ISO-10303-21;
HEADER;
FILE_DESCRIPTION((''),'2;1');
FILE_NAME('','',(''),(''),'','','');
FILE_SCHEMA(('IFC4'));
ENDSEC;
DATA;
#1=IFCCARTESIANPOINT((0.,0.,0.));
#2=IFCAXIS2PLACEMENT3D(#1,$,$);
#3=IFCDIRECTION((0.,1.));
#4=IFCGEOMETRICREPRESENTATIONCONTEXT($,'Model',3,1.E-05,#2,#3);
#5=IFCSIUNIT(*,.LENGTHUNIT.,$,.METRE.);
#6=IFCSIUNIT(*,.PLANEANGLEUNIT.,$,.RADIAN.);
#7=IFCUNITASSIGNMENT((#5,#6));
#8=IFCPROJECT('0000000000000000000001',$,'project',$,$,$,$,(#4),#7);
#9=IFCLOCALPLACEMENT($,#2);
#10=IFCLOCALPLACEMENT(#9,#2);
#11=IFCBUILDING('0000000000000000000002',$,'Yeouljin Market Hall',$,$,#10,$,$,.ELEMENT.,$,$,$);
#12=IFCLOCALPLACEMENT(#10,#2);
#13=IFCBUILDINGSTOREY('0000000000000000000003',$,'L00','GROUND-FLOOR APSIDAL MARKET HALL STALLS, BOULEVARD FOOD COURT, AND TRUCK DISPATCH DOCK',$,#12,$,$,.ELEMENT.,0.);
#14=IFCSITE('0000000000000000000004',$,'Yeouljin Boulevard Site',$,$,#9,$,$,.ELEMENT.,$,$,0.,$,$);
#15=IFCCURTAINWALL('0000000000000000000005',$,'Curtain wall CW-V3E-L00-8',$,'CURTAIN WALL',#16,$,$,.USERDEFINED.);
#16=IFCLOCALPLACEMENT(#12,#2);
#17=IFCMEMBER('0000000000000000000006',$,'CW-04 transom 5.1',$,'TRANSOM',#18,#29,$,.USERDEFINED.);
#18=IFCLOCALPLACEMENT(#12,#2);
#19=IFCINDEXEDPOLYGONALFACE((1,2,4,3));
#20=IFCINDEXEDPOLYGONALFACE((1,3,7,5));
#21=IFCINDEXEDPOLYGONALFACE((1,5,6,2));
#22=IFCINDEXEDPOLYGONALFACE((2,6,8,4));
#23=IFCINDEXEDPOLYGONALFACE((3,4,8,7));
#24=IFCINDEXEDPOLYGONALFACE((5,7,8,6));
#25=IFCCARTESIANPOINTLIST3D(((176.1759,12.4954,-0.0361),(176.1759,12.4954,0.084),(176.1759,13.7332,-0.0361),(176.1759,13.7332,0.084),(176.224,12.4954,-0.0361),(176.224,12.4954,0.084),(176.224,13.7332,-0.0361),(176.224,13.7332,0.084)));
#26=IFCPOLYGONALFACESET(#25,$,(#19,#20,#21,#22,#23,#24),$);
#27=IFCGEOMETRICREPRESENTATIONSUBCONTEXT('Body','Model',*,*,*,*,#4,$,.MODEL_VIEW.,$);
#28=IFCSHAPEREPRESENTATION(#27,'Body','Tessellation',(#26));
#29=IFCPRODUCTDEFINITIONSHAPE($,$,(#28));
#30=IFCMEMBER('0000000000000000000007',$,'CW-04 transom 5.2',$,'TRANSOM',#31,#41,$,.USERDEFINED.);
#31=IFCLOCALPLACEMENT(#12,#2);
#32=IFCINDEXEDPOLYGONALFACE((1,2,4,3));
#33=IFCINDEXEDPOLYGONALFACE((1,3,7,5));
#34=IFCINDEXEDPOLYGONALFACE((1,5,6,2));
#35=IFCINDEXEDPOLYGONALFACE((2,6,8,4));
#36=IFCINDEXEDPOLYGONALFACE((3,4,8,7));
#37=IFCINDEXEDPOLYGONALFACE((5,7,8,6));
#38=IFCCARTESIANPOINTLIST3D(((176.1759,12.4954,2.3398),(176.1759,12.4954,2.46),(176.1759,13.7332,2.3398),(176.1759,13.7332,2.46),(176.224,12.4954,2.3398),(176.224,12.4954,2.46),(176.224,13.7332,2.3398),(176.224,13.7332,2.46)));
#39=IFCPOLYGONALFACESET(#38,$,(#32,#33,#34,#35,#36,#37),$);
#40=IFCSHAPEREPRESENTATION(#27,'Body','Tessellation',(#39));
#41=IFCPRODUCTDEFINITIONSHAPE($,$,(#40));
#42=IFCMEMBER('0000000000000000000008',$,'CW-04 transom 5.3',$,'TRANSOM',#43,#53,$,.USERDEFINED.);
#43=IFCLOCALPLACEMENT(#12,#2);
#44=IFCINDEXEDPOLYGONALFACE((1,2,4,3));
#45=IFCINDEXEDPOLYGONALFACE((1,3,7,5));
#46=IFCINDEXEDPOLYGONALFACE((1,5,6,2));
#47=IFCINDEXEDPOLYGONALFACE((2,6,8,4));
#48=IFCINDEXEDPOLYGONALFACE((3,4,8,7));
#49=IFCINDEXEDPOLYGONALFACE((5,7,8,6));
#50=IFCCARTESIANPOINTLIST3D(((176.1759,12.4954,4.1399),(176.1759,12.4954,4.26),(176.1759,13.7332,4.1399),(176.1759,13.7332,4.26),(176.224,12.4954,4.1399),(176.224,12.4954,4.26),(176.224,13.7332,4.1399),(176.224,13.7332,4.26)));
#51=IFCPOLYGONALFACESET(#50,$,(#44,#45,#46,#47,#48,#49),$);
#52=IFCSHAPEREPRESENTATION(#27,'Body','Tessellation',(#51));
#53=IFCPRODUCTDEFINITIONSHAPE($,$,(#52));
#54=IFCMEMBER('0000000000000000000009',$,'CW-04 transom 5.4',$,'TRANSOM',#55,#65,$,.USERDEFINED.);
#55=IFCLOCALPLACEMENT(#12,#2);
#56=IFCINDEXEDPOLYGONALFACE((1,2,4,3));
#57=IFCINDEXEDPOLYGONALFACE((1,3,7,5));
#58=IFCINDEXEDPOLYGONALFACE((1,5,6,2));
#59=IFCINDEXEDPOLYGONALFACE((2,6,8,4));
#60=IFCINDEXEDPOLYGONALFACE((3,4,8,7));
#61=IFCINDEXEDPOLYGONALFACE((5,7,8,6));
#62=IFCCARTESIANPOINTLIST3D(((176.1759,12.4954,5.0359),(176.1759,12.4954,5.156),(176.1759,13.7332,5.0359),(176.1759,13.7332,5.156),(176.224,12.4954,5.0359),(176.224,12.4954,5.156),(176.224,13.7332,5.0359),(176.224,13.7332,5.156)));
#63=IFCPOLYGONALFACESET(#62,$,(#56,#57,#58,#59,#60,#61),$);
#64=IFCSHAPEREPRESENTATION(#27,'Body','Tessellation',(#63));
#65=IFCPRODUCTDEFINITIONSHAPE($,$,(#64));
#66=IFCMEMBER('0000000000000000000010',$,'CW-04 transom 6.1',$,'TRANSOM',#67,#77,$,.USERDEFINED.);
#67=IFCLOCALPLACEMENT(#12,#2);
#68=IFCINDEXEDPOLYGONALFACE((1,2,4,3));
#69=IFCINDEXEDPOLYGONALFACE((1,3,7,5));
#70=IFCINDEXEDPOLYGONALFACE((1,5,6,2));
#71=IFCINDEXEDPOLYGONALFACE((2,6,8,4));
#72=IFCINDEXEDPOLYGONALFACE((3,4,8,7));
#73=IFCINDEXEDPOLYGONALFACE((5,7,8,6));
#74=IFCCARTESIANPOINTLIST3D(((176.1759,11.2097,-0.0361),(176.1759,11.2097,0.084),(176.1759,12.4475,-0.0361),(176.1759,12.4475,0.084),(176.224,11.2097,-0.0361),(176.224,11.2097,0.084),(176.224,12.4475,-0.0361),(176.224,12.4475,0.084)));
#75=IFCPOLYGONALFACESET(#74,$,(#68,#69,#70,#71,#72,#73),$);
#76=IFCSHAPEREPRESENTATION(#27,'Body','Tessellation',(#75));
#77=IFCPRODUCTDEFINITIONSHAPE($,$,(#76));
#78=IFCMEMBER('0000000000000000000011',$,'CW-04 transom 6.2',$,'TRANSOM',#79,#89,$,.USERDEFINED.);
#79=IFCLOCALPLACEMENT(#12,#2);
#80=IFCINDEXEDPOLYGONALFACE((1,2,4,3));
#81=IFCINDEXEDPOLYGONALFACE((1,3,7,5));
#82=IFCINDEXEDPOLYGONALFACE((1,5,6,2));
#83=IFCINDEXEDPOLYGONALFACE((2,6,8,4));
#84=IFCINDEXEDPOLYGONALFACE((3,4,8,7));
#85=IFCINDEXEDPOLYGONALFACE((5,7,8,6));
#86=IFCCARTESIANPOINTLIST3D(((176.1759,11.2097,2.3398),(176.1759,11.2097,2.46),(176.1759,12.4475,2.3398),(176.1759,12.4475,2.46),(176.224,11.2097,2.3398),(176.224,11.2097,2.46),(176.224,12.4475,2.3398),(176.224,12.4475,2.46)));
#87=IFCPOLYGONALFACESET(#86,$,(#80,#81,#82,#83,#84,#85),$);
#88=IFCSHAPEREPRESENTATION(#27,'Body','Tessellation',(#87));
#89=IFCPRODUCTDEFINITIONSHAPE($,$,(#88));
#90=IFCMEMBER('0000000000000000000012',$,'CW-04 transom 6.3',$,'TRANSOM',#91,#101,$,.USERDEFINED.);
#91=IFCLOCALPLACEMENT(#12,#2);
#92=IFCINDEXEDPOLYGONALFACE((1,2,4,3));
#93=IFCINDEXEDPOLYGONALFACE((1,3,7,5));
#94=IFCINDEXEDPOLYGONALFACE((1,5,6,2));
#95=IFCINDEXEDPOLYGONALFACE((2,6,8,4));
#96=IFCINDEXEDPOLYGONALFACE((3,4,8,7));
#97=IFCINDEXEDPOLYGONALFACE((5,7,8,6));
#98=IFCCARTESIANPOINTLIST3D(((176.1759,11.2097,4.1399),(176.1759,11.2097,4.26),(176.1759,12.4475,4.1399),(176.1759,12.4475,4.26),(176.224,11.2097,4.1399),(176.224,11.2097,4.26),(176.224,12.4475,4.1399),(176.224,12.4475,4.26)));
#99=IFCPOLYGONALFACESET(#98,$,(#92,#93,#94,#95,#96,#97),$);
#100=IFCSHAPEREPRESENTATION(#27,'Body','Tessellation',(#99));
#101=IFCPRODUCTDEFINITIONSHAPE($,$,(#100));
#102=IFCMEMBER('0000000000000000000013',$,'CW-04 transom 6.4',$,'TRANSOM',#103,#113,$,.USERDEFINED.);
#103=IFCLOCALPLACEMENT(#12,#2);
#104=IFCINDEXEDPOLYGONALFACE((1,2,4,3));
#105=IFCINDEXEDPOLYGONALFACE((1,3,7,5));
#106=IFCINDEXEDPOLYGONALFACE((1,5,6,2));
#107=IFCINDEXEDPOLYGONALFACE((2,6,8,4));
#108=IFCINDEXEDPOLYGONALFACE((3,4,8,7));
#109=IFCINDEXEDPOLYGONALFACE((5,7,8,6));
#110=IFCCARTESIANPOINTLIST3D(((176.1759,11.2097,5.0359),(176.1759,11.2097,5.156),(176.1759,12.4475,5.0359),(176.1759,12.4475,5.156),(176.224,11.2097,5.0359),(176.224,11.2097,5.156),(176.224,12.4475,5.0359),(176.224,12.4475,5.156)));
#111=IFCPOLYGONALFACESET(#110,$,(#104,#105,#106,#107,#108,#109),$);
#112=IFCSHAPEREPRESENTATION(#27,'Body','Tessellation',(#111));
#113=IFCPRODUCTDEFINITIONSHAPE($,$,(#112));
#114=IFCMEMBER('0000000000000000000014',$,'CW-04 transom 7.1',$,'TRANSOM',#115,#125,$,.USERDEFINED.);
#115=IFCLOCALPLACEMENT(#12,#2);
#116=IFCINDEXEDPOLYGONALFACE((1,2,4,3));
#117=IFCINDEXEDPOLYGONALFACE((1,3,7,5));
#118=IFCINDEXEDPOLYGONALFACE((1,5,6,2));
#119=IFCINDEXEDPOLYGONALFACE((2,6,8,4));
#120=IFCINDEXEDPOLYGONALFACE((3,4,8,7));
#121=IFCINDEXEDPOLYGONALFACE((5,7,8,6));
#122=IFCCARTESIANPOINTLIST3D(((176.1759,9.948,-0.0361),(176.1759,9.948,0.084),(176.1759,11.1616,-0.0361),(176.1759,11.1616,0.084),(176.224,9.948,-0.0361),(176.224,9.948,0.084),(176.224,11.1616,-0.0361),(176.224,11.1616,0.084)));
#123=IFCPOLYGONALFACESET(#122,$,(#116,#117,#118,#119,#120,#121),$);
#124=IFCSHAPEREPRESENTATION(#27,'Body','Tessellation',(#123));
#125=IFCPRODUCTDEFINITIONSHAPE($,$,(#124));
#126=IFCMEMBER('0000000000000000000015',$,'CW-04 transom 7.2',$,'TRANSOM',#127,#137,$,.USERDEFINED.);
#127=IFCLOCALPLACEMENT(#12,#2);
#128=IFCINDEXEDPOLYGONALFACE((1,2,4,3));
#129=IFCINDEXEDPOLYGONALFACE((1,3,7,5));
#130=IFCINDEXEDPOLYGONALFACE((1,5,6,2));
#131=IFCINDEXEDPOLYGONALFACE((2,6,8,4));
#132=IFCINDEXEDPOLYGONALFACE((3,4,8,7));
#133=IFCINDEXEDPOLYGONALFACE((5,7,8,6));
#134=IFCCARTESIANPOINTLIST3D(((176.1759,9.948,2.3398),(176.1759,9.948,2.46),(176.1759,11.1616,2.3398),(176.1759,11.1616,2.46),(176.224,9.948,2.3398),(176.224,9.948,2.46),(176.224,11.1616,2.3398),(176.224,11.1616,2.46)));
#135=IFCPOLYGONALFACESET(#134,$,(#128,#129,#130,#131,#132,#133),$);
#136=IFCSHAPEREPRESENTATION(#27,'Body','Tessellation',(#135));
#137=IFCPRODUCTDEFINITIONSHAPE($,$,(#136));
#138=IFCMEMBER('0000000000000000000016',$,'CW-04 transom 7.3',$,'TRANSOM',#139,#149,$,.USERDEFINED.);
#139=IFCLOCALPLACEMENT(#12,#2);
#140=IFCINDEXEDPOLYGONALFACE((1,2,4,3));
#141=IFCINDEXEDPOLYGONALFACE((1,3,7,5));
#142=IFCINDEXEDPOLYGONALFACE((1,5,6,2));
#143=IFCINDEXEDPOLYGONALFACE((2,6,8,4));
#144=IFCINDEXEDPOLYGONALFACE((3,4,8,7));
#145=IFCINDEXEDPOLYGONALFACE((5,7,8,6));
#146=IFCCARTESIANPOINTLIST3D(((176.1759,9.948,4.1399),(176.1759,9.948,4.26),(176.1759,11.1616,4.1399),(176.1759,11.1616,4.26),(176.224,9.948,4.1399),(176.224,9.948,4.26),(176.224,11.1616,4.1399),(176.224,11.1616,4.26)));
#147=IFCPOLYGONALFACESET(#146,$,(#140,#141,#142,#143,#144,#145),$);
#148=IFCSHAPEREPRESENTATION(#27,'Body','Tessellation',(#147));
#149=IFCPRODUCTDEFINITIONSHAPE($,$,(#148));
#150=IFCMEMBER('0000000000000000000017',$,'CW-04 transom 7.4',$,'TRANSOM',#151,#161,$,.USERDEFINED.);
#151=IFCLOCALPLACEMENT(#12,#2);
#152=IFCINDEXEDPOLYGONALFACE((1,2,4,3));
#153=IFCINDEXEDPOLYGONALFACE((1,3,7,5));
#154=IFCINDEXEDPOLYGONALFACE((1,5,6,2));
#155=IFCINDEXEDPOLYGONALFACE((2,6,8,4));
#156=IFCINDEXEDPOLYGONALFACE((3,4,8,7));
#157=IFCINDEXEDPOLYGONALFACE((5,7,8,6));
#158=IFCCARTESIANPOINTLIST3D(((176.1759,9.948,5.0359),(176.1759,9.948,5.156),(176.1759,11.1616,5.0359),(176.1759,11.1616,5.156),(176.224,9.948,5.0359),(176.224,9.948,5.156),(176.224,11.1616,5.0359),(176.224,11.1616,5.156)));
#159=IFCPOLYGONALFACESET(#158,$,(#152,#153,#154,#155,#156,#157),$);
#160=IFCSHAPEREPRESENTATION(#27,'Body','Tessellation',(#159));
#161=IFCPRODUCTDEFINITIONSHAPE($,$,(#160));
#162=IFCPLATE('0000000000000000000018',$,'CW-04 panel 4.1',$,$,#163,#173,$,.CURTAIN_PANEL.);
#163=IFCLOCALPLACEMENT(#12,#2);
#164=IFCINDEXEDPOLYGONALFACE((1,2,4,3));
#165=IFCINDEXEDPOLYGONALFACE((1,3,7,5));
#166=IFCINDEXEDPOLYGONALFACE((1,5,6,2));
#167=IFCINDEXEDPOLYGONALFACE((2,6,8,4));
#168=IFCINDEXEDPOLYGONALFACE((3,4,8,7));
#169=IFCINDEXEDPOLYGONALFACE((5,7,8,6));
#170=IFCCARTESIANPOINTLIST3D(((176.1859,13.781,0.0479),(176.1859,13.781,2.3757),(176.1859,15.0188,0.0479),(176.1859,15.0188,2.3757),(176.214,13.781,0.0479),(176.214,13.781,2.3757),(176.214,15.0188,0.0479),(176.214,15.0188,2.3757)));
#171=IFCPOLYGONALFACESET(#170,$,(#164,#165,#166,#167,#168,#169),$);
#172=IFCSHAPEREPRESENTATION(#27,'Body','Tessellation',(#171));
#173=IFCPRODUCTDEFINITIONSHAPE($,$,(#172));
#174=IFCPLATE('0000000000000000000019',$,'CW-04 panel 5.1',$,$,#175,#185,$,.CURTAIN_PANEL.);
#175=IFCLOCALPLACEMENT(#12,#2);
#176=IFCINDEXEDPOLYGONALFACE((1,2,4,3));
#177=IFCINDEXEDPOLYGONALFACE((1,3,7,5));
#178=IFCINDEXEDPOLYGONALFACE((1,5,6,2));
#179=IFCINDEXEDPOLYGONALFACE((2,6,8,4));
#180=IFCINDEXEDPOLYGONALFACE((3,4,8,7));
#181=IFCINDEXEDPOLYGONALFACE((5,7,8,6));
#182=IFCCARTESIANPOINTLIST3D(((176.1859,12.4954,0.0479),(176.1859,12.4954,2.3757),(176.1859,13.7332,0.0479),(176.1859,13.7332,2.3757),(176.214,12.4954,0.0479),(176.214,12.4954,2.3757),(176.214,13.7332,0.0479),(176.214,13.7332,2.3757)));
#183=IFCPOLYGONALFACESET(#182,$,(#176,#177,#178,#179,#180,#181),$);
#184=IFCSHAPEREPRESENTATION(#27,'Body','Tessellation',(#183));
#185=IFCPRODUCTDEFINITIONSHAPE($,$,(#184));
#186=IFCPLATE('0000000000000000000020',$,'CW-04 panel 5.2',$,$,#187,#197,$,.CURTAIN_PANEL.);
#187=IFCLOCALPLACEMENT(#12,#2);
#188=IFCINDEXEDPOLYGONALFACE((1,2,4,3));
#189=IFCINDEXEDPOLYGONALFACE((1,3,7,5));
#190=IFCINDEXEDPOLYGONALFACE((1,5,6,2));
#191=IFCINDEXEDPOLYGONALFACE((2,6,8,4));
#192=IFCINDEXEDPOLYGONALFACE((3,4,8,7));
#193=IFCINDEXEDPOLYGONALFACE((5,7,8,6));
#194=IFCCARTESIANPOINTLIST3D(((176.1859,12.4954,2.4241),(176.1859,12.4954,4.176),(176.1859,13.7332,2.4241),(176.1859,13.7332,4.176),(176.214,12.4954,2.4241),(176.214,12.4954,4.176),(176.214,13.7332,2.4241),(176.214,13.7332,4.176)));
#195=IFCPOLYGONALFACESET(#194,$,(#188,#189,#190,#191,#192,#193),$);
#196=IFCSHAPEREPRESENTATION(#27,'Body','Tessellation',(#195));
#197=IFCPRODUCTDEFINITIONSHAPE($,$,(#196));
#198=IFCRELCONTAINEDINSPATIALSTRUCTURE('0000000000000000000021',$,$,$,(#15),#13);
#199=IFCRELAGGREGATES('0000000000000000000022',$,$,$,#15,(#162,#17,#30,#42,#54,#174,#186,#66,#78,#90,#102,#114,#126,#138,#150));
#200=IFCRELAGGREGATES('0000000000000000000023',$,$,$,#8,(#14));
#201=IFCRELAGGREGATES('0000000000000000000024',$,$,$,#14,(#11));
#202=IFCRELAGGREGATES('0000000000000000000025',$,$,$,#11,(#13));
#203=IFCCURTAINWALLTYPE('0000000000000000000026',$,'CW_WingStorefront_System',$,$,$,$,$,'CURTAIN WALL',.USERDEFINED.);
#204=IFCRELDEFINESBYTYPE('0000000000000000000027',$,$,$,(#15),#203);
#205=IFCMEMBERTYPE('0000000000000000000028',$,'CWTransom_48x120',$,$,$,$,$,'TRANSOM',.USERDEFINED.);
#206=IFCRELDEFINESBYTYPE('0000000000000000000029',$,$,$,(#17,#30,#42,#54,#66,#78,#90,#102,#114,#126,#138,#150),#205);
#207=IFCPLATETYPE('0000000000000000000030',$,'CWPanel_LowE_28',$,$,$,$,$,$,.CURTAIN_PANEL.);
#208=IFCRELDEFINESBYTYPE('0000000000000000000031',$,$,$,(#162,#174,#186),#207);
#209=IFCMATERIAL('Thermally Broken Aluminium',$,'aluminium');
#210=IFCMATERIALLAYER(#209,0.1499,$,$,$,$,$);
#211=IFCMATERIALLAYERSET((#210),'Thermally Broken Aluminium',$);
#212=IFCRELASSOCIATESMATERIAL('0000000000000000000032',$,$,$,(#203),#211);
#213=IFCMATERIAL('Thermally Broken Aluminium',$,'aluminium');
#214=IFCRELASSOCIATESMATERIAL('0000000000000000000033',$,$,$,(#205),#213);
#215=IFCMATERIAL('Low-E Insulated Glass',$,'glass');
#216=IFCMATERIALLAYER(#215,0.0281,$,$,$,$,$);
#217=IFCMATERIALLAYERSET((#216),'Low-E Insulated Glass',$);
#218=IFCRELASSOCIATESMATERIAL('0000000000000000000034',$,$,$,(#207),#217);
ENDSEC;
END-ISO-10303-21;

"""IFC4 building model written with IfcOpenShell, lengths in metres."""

from ifc_helpers import new_model, si_unit, direction, frame, origin, origin_2d, place, context, subcontext, project, spatial, rectangle, extrude, material, layer, layer_set, material_profile, profile_set, type_object, element, aggregate, save


model = new_model("IFC4")

# Units and contexts
model_context = context("Model", 3, precision=1e-05, world=origin(), true_north=direction((0.0, 1.0)))
body_context = subcontext(model_context, "Body", "Model", "MODEL_VIEW")
ifc_project = project(units=[si_unit("LENGTHUNIT", "METRE"), si_unit("PLANEANGLEUNIT", "RADIAN")], contexts=[model_context])

# Site, building, storey
site_placement = place(None, origin())
site = spatial("IfcSite", under=ifc_project, at=site_placement, Name="Yeouljin Boulevard Site", CompositionType="ELEMENT", RefElevation=0.0)
building_placement = place(site_placement, origin())
building = spatial("IfcBuilding", under=site, at=building_placement, Name="Yeouljin Market Hall", CompositionType="ELEMENT")
storey_placement = place(building_placement, origin())
storey = spatial("IfcBuildingStorey", under=building, at=storey_placement, Name="L00", Description="GROUND-FLOOR APSIDAL MARKET HALL STALLS, BOULEVARD FOOD COURT, AND TRUCK DISPATCH DOCK", CompositionType="ELEMENT", Elevation=0.0)

# Curtain wall, members, plates
ifc_material_1 = material(Name="Thermally Broken Aluminium", Category="aluminium")
ifc_layer_1 = layer(ifc_material_1, 0.1499)
ifc_layer_set_1 = layer_set([ifc_layer_1], Name="Thermally Broken Aluminium")
curtain_wall_type = type_object("IfcCurtainWallType", Name="CW_WingStorefront_System", ElementType="CURTAIN WALL", PredefinedType="USERDEFINED", material=ifc_layer_set_1)
curtain_wall_placement = place(storey_placement, origin())
curtain_wall = element("IfcCurtainWall", 1, at=curtain_wall_placement, inside=storey, type_object=curtain_wall_type, Name="Curtain wall CW-V3E-L00-8", ObjectType="CURTAIN WALL", PredefinedType="USERDEFINED")
ifc_material_2 = material(Name="Thermally Broken Aluminium", Category="aluminium")
ifc_material_profile_1 = material_profile(ifc_material_2, rectangle(XDim=0.0481, YDim=0.1201, at=origin_2d()), Name="CW-TRAN-48x120")
ifc_profile_set_1 = profile_set([ifc_material_profile_1], Name="Thermally Broken Aluminium")
member_type_1 = type_object("IfcMemberType", Name="CWTransom_48x120", ElementType="TRANSOM", PredefinedType="USERDEFINED", material=ifc_profile_set_1)
member_1_placement = place(storey_placement, frame((176.2, 13.7332, 0.0239), z_axis=(0.0, -1.0, 0.0), x_axis=(1.0, 0.0, 0.0)))
member_1 = element("IfcMember", 2, at=member_1_placement, type_object=member_type_1, Name="CW-04 transom 5.1", ObjectType="TRANSOM", PredefinedType="USERDEFINED", context=body_context, shape_type="SweptSolid", body=[
    extrude(rectangle(XDim=0.0481, YDim=0.1201, at=origin_2d()), origin(), (0.0, 0.0, 1.0), 1.2378),
])
member_2_placement = place(storey_placement, frame((176.2, 13.7332, 2.3999), z_axis=(0.0, -1.0, 0.0), x_axis=(1.0, 0.0, 0.0)))
member_2 = element("IfcMember", 3, at=member_2_placement, type_object=member_type_1, Name="CW-04 transom 5.2", ObjectType="TRANSOM", PredefinedType="USERDEFINED", context=body_context, shape_type="SweptSolid", body=[
    extrude(rectangle(XDim=0.0481, YDim=0.1201, at=origin_2d()), origin(), (0.0, 0.0, 1.0), 1.2378),
])
member_3_placement = place(storey_placement, frame((176.2, 13.7332, 4.2), z_axis=(0.0, -1.0, 0.0), x_axis=(1.0, 0.0, 0.0)))
member_3 = element("IfcMember", 4, at=member_3_placement, type_object=member_type_1, Name="CW-04 transom 5.3", ObjectType="TRANSOM", PredefinedType="USERDEFINED", context=body_context, shape_type="SweptSolid", body=[
    extrude(rectangle(XDim=0.0481, YDim=0.1201, at=origin_2d()), origin(), (0.0, 0.0, 1.0), 1.2378),
])
member_4_placement = place(storey_placement, frame((176.2, 13.7332, 5.0959), z_axis=(0.0, -1.0, 0.0), x_axis=(1.0, 0.0, 0.0)))
member_4 = element("IfcMember", 5, at=member_4_placement, type_object=member_type_1, Name="CW-04 transom 5.4", ObjectType="TRANSOM", PredefinedType="USERDEFINED", context=body_context, shape_type="SweptSolid", body=[
    extrude(rectangle(XDim=0.0481, YDim=0.1201, at=origin_2d()), origin(), (0.0, 0.0, 1.0), 1.2378),
])
member_5_placement = place(storey_placement, frame((176.2, 12.4475, 0.0239), z_axis=(0.0, -1.0, 0.0), x_axis=(1.0, 0.0, 0.0)))
member_5 = element("IfcMember", 6, at=member_5_placement, type_object=member_type_1, Name="CW-04 transom 6.1", ObjectType="TRANSOM", PredefinedType="USERDEFINED", context=body_context, shape_type="SweptSolid", body=[
    extrude(rectangle(XDim=0.0481, YDim=0.1201, at=origin_2d()), origin(), (0.0, 0.0, 1.0), 1.2378),
])
member_6_placement = place(storey_placement, frame((176.2, 12.4475, 2.3999), z_axis=(0.0, -1.0, 0.0), x_axis=(1.0, 0.0, 0.0)))
member_6 = element("IfcMember", 7, at=member_6_placement, type_object=member_type_1, Name="CW-04 transom 6.2", ObjectType="TRANSOM", PredefinedType="USERDEFINED", context=body_context, shape_type="SweptSolid", body=[
    extrude(rectangle(XDim=0.0481, YDim=0.1201, at=origin_2d()), origin(), (0.0, 0.0, 1.0), 1.2378),
])
member_7_placement = place(storey_placement, frame((176.2, 12.4475, 4.2), z_axis=(0.0, -1.0, 0.0), x_axis=(1.0, 0.0, 0.0)))
member_7 = element("IfcMember", 8, at=member_7_placement, type_object=member_type_1, Name="CW-04 transom 6.3", ObjectType="TRANSOM", PredefinedType="USERDEFINED", context=body_context, shape_type="SweptSolid", body=[
    extrude(rectangle(XDim=0.0481, YDim=0.1201, at=origin_2d()), origin(), (0.0, 0.0, 1.0), 1.2378),
])
member_8_placement = place(storey_placement, frame((176.2, 12.4475, 5.0959), z_axis=(0.0, -1.0, 0.0), x_axis=(1.0, 0.0, 0.0)))
member_8 = element("IfcMember", 9, at=member_8_placement, type_object=member_type_1, Name="CW-04 transom 6.4", ObjectType="TRANSOM", PredefinedType="USERDEFINED", context=body_context, shape_type="SweptSolid", body=[
    extrude(rectangle(XDim=0.0481, YDim=0.1201, at=origin_2d()), origin(), (0.0, 0.0, 1.0), 1.2378),
])
member_9_placement = place(storey_placement, frame((176.2, 11.1616, 0.0239), z_axis=(0.0, -1.0, 0.0), x_axis=(1.0, 0.0, 0.0)))
member_9 = element("IfcMember", 10, at=member_9_placement, type_object=member_type_1, Name="CW-04 transom 7.1", ObjectType="TRANSOM", PredefinedType="USERDEFINED", context=body_context, shape_type="SweptSolid", body=[
    extrude(rectangle(XDim=0.0481, YDim=0.1201, at=origin_2d()), origin(), (0.0, 0.0, 1.0), 1.2136),
])
member_10_placement = place(storey_placement, frame((176.2, 11.1616, 2.3999), z_axis=(0.0, -1.0, 0.0), x_axis=(1.0, 0.0, 0.0)))
member_10 = element("IfcMember", 11, at=member_10_placement, type_object=member_type_1, Name="CW-04 transom 7.2", ObjectType="TRANSOM", PredefinedType="USERDEFINED", context=body_context, shape_type="SweptSolid", body=[
    extrude(rectangle(XDim=0.0481, YDim=0.1201, at=origin_2d()), origin(), (0.0, 0.0, 1.0), 1.2136),
])
member_11_placement = place(storey_placement, frame((176.2, 11.1616, 4.2), z_axis=(0.0, -1.0, 0.0), x_axis=(1.0, 0.0, 0.0)))
member_11 = element("IfcMember", 12, at=member_11_placement, type_object=member_type_1, Name="CW-04 transom 7.3", ObjectType="TRANSOM", PredefinedType="USERDEFINED", context=body_context, shape_type="SweptSolid", body=[
    extrude(rectangle(XDim=0.0481, YDim=0.1201, at=origin_2d()), origin(), (0.0, 0.0, 1.0), 1.2136),
])
member_12_placement = place(storey_placement, frame((176.2, 11.1616, 5.0959), z_axis=(0.0, -1.0, 0.0), x_axis=(1.0, 0.0, 0.0)))
member_12 = element("IfcMember", 13, at=member_12_placement, type_object=member_type_1, Name="CW-04 transom 7.4", ObjectType="TRANSOM", PredefinedType="USERDEFINED", context=body_context, shape_type="SweptSolid", body=[
    extrude(rectangle(XDim=0.0481, YDim=0.1201, at=origin_2d()), origin(), (0.0, 0.0, 1.0), 1.2136),
])
ifc_material_3 = material(Name="Low-E Insulated Glass", Category="glass")
ifc_layer_2 = layer(ifc_material_3, 0.0281)
ifc_layer_set_2 = layer_set([ifc_layer_2], Name="Low-E Insulated Glass")
plate_type = type_object("IfcPlateType", Name="CWPanel_LowE_28", PredefinedType="CURTAIN_PANEL", material=ifc_layer_set_2)
plate_1_placement = place(storey_placement, frame((176.2, 14.3999, 0.0479), z_axis=(0.0, 0.0, 1.0), x_axis=(0.0, -1.0, 0.0)))
plate_1 = element("IfcPlate", 14, at=plate_1_placement, type_object=plate_type, Name="CW-04 panel 4.1", PredefinedType="CURTAIN_PANEL", context=body_context, shape_type="SweptSolid", body=[
    extrude(rectangle(XDim=1.2378, YDim=0.0281, at=origin_2d()), origin(), (0.0, 0.0, 1.0), 2.3279),
])
plate_2_placement = place(storey_placement, frame((176.2, 13.1143, 0.0479), z_axis=(0.0, 0.0, 1.0), x_axis=(0.0, -1.0, 0.0)))
plate_2 = element("IfcPlate", 15, at=plate_2_placement, type_object=plate_type, Name="CW-04 panel 5.1", PredefinedType="CURTAIN_PANEL", context=body_context, shape_type="SweptSolid", body=[
    extrude(rectangle(XDim=1.2378, YDim=0.0281, at=origin_2d()), origin(), (0.0, 0.0, 1.0), 2.3279),
])
plate_3_placement = place(storey_placement, frame((176.2, 13.1143, 2.4241), z_axis=(0.0, 0.0, 1.0), x_axis=(0.0, -1.0, 0.0)))
plate_3 = element("IfcPlate", 16, at=plate_3_placement, type_object=plate_type, Name="CW-04 panel 5.2", PredefinedType="CURTAIN_PANEL", context=body_context, shape_type="SweptSolid", body=[
    extrude(rectangle(XDim=1.2378, YDim=0.0281, at=origin_2d()), origin(), (0.0, 0.0, 1.0), 1.752),
])
aggregate(curtain_wall, [plate_1, member_1, member_2, member_3, member_4, plate_2, plate_3, member_5, member_6, member_7, member_8, member_9, member_10, member_11, member_12])

save(model, "model.ifc")
